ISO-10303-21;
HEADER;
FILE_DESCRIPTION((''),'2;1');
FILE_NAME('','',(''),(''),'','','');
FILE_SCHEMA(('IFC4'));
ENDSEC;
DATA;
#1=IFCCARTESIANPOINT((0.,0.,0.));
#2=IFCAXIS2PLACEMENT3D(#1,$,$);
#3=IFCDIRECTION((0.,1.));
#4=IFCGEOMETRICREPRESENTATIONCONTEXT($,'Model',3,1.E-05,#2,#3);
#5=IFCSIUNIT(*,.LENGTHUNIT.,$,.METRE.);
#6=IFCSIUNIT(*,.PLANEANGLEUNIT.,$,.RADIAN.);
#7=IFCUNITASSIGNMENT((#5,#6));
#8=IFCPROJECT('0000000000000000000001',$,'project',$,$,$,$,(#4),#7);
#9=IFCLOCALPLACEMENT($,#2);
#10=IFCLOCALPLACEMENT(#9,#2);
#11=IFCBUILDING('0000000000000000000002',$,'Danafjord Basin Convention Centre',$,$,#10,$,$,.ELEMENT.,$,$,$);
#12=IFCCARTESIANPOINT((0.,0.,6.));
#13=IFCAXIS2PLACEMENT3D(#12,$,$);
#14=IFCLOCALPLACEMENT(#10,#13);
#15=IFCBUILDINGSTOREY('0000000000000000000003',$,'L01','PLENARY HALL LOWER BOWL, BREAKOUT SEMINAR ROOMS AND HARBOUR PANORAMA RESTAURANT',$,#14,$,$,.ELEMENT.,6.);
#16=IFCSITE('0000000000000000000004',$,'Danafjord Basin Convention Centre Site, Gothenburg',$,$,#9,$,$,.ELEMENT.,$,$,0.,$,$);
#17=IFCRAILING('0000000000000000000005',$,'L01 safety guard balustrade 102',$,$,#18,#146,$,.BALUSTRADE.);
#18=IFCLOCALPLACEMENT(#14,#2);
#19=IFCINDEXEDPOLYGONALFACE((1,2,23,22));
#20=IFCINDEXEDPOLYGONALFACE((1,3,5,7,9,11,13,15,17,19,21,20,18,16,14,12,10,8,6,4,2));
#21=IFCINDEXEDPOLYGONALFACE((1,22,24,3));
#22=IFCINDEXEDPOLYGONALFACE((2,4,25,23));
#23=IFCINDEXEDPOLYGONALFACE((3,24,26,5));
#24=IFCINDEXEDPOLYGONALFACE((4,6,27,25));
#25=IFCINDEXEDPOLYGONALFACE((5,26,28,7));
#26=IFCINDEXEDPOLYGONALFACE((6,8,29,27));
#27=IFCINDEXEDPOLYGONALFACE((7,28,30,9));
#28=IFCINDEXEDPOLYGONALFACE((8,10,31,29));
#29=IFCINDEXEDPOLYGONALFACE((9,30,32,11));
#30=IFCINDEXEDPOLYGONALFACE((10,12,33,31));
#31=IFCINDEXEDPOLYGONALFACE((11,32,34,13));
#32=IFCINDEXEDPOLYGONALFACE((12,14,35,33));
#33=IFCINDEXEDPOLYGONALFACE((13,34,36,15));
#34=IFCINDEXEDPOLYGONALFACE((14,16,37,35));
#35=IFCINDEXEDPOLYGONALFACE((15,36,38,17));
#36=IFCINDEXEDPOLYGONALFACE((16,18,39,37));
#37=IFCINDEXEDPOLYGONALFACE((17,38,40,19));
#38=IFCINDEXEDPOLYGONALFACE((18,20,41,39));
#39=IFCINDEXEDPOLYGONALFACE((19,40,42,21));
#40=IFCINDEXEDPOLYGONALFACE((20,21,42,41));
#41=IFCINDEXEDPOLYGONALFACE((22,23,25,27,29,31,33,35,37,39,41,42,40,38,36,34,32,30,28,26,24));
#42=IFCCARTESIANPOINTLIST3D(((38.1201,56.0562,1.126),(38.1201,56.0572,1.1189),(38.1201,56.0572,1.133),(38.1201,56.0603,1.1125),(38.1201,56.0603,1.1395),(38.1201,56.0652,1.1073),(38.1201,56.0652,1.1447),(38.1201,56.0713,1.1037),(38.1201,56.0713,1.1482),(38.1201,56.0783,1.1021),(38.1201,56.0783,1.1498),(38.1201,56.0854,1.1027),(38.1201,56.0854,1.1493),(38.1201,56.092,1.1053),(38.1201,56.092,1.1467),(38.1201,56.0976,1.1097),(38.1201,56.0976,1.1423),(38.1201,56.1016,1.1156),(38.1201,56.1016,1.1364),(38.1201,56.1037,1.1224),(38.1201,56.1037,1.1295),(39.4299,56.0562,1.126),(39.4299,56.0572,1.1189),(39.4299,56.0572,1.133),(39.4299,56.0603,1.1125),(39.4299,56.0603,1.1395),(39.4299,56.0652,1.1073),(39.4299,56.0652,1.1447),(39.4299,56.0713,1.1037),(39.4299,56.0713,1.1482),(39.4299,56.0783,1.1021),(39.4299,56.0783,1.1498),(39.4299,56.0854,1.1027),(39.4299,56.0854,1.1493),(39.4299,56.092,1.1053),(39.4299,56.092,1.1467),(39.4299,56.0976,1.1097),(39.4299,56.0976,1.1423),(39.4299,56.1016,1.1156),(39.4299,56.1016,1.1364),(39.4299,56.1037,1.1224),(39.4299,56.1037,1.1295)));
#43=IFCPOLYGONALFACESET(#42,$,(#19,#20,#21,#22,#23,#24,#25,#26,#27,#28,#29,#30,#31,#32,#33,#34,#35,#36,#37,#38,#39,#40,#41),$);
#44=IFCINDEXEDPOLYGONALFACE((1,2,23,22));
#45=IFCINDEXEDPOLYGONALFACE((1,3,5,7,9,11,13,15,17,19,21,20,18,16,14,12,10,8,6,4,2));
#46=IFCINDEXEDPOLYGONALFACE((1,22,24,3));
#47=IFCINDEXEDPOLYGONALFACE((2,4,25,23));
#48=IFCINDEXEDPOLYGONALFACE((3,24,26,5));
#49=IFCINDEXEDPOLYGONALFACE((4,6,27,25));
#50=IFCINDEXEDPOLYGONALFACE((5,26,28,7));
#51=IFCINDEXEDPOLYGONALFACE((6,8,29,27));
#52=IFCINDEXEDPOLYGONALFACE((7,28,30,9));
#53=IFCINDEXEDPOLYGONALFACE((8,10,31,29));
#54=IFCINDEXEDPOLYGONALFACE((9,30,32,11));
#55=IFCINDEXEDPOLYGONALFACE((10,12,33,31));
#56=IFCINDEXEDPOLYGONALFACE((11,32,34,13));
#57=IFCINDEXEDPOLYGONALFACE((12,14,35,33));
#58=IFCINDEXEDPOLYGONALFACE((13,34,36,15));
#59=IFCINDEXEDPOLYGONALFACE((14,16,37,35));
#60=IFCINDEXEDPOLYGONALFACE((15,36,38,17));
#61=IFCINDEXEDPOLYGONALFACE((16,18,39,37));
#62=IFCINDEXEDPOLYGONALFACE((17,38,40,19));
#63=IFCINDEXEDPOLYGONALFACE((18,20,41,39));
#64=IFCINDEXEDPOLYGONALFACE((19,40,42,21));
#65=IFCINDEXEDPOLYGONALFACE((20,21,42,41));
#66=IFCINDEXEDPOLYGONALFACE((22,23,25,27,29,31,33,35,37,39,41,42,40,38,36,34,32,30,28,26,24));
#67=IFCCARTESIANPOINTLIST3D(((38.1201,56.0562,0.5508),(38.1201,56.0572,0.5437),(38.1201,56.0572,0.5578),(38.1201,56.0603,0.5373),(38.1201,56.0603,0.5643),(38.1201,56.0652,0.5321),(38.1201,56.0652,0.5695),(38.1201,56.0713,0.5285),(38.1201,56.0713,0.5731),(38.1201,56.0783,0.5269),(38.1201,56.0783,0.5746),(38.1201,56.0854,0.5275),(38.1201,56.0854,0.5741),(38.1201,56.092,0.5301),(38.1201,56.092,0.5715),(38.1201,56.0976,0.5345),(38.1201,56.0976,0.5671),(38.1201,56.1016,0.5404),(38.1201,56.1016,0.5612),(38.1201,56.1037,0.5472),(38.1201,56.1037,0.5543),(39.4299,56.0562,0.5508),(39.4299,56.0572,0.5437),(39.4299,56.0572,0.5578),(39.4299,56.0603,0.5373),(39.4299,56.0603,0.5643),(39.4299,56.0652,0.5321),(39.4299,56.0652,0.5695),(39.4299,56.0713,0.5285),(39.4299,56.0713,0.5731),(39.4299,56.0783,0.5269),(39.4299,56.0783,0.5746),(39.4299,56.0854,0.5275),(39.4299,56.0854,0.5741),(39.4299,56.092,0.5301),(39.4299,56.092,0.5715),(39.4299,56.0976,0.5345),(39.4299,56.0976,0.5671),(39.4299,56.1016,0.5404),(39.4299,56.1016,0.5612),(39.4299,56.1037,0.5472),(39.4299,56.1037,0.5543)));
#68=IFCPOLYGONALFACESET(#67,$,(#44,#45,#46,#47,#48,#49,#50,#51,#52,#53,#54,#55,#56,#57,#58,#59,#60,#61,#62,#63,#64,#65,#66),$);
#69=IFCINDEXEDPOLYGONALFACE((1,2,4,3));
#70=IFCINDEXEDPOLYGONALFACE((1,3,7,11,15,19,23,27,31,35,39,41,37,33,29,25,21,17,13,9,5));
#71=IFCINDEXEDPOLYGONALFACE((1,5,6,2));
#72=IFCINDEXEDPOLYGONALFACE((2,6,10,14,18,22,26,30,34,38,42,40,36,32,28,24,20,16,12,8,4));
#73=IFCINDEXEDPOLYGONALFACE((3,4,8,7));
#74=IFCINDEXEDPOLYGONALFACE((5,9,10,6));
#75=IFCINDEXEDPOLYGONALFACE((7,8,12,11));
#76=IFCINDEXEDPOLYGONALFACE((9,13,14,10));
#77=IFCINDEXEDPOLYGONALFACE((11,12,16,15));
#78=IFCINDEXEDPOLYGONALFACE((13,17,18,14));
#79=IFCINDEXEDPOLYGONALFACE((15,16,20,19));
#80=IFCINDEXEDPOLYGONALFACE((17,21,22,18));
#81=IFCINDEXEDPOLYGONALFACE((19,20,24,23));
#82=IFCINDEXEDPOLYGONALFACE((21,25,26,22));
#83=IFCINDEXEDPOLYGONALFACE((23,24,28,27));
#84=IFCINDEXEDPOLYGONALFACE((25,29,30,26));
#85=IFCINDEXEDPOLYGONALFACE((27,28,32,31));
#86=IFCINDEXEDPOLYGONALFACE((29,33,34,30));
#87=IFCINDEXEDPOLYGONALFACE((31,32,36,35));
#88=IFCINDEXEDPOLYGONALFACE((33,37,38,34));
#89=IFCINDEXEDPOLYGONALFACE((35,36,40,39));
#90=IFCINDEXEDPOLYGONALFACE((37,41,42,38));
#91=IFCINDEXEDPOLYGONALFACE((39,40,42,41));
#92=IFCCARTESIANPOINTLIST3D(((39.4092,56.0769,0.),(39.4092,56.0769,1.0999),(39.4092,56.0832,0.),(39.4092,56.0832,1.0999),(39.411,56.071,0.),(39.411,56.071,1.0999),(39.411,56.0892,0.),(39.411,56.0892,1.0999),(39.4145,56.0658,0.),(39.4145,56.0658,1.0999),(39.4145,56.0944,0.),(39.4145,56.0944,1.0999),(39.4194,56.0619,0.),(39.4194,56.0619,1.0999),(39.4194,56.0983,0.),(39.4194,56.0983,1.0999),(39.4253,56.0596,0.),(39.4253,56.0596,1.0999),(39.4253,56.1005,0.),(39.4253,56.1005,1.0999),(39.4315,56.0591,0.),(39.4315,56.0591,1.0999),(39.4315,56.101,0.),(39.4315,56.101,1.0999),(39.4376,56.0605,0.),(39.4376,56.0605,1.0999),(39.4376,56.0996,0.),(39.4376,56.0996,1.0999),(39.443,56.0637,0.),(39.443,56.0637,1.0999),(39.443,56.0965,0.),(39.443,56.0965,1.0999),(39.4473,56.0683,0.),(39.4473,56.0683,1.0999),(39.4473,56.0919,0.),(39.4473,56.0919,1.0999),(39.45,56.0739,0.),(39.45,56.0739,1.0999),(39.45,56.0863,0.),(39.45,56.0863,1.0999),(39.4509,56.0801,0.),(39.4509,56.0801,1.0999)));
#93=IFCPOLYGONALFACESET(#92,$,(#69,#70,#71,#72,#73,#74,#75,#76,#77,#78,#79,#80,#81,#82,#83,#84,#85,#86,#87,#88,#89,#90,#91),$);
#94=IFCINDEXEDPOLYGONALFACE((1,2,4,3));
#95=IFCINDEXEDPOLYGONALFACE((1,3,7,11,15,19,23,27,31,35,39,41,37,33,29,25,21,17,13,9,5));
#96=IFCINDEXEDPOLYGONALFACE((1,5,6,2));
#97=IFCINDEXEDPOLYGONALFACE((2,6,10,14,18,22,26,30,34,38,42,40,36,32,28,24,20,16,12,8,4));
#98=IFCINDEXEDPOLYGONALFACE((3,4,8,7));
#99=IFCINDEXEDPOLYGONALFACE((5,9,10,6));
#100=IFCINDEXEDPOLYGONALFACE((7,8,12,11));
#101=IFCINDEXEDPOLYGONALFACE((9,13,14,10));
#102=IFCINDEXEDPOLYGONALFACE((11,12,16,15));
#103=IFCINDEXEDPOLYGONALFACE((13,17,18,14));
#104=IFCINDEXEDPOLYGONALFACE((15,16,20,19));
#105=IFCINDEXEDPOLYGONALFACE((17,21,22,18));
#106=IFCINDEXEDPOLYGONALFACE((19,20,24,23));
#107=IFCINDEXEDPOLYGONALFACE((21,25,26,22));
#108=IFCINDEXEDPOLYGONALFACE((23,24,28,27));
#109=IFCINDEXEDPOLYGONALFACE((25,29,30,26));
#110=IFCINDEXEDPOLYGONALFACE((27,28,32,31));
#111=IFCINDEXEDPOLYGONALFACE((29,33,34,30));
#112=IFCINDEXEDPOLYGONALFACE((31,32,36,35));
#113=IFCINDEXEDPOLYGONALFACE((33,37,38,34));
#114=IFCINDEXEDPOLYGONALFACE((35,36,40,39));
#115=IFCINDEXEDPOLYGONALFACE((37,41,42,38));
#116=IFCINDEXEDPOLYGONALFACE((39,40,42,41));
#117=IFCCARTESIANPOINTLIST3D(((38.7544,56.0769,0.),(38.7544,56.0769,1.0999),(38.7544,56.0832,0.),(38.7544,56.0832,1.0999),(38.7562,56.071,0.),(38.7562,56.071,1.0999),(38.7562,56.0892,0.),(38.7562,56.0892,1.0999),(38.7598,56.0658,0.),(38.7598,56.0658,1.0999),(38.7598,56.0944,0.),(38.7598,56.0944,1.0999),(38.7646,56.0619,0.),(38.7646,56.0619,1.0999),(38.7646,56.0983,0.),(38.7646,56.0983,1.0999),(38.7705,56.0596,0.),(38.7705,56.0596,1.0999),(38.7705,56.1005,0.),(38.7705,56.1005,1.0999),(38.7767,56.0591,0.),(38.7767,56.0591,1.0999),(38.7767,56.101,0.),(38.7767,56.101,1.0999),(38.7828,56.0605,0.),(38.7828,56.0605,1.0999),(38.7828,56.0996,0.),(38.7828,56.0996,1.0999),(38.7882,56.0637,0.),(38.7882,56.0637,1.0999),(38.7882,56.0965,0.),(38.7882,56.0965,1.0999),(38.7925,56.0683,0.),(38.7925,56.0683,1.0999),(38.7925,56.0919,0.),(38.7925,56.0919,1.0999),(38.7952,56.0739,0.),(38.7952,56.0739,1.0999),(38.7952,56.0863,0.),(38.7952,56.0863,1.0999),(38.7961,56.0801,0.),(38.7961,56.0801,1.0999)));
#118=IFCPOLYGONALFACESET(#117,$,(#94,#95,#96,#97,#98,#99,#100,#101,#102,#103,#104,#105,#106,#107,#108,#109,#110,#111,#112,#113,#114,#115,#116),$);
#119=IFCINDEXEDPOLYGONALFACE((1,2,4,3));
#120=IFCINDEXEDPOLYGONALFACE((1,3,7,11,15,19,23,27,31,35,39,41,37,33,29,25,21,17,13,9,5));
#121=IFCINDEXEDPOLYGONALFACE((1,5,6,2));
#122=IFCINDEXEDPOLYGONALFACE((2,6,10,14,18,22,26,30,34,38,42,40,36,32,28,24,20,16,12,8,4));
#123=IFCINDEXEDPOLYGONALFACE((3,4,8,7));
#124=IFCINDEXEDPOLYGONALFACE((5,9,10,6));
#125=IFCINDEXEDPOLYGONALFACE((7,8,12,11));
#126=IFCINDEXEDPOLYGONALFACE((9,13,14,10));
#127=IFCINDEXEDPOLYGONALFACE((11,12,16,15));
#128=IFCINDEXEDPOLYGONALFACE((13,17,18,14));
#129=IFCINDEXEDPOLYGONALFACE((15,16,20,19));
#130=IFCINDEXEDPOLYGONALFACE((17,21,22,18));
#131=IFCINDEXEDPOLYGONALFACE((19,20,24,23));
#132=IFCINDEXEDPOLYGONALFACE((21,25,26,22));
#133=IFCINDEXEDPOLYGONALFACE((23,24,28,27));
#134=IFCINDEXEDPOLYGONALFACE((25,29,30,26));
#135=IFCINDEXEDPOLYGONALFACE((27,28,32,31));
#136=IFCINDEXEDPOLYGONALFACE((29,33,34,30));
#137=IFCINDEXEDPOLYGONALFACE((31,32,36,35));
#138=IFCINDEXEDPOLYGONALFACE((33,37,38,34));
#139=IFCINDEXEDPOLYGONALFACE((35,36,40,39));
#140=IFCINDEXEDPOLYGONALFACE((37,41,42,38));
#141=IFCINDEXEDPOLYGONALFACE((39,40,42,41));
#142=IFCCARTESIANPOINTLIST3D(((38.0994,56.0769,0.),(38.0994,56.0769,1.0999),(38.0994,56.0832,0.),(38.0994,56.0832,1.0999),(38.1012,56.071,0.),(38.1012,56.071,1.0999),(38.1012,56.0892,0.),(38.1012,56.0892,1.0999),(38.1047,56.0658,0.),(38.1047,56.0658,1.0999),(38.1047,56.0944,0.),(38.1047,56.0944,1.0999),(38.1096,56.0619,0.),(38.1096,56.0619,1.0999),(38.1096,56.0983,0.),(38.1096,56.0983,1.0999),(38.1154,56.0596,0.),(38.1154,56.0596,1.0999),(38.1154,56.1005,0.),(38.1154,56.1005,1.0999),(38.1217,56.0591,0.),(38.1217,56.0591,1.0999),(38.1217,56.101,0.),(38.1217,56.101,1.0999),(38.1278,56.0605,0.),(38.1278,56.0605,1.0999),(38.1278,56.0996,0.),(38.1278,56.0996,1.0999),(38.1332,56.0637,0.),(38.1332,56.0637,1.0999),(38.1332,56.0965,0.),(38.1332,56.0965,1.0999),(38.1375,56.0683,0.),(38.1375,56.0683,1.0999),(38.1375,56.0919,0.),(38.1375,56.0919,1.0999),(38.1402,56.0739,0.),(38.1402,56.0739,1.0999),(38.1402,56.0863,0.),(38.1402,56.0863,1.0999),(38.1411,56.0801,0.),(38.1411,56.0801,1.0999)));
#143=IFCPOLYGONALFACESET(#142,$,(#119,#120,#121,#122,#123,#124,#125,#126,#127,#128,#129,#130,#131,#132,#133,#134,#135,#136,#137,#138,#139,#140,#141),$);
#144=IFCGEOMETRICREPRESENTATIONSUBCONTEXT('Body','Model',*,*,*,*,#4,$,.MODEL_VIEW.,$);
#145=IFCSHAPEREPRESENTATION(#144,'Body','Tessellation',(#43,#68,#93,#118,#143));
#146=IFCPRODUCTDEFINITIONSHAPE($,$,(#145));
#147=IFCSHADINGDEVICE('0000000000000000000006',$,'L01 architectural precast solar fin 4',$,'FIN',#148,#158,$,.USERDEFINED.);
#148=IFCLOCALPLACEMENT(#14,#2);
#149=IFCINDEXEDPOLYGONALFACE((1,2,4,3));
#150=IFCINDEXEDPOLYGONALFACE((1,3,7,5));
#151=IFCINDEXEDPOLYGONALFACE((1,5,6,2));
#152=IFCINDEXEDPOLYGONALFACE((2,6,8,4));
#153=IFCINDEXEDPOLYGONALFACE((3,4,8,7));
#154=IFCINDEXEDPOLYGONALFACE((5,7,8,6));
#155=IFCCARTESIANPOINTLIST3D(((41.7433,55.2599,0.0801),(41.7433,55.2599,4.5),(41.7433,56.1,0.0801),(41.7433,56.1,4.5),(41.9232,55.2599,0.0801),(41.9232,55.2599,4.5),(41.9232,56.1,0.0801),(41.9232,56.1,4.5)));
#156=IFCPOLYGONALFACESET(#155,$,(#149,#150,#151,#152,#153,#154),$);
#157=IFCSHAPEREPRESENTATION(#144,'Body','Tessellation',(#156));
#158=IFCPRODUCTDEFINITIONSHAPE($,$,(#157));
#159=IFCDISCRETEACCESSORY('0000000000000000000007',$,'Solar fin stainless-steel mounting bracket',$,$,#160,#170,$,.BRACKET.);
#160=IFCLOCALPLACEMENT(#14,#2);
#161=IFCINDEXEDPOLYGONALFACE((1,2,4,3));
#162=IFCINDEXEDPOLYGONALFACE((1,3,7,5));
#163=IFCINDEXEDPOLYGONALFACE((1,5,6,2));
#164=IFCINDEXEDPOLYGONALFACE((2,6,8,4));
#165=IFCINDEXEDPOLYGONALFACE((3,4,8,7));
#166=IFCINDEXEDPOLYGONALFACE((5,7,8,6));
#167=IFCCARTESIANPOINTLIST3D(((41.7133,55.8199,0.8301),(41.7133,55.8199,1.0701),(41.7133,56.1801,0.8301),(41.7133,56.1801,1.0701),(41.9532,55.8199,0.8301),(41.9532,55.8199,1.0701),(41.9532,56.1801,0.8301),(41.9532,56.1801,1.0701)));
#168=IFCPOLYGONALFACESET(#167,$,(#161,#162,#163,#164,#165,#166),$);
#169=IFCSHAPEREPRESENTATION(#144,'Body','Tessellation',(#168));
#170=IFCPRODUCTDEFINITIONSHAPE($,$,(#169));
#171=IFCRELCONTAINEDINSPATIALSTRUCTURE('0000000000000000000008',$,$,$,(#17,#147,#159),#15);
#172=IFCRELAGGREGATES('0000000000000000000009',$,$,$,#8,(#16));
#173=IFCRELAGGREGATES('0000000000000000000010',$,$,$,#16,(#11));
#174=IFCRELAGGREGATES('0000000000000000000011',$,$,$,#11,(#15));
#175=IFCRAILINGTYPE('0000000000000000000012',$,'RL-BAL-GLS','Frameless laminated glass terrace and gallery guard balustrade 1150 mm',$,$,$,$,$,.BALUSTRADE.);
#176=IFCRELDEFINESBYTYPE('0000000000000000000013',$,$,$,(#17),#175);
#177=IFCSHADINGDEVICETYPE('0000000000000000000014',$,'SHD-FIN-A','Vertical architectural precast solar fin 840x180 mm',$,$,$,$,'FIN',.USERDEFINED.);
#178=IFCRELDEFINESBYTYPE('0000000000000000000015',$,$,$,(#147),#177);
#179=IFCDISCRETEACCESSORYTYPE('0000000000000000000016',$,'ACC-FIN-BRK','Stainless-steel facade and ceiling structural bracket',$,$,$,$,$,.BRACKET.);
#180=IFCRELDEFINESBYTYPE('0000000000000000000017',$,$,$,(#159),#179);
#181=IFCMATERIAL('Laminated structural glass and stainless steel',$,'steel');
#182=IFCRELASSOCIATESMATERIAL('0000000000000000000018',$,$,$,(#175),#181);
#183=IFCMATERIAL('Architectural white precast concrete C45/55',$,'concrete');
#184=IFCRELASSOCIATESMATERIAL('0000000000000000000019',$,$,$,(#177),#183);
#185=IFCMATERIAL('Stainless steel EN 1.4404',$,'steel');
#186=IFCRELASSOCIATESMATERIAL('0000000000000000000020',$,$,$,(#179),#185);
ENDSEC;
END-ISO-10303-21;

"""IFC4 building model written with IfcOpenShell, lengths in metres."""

from ifc_helpers import new_model, si_unit, direction, frame, origin, origin_2d, place, context, subcontext, project, spatial, rectangle, circle, extrude, material, type_object, element, save


model = new_model("IFC4")

# Units and contexts
model_context = context("Model", 3, precision=1e-05, world=origin(), true_north=direction((0.0, 1.0)))
body_context = subcontext(model_context, "Body", "Model", "MODEL_VIEW")
ifc_project = project(units=[si_unit("LENGTHUNIT", "METRE"), si_unit("PLANEANGLEUNIT", "RADIAN")], contexts=[model_context])

# Site, building, storey
site_placement = place(None, origin())
site = spatial("IfcSite", under=ifc_project, at=site_placement, Name="Danafjord Basin Convention Centre Site, Gothenburg", CompositionType="ELEMENT", RefElevation=0.0)
building_placement = place(site_placement, origin())
building = spatial("IfcBuilding", under=site, at=building_placement, Name="Danafjord Basin Convention Centre", CompositionType="ELEMENT")
storey_placement = place(building_placement, frame((0.0, 0.0, 6.0)))
storey = spatial("IfcBuildingStorey", under=building, at=storey_placement, Name="L01", Description="PLENARY HALL LOWER BOWL, BREAKOUT SEMINAR ROOMS AND HARBOUR PANORAMA RESTAURANT", CompositionType="ELEMENT", Elevation=6.0)

# Railing
ifc_material_1 = material(Name="Laminated structural glass and stainless steel", Category="steel")
railing_type = type_object("IfcRailingType", Name="RL-BAL-GLS", Description="Frameless laminated glass terrace and gallery guard balustrade 1150 mm", PredefinedType="BALUSTRADE", material=ifc_material_1)
railing_1_placement = place(storey_placement, frame((39.4299, 56.0801, 0.0)))
element("IfcRailing", 1, at=railing_1_placement, inside=storey, type_object=railing_type, Name="L01 safety guard balustrade 102", PredefinedType="BALUSTRADE", context=body_context, shape_type="SweptSolid", body=[
    extrude(circle(Radius=0.0239, at=origin_2d()), frame((0.0, 0.0, 1.126), z_axis=(-1.0, 0.0, 0.0), x_axis=(0.0, -1.0, 0.0)), (0.0, 0.0, 1.0), 1.3098),
    extrude(circle(Radius=0.0239, at=origin_2d()), frame((0.0, 0.0, 0.5508), z_axis=(-1.0, 0.0, 0.0), x_axis=(0.0, -1.0, 0.0)), (0.0, 0.0, 1.0), 1.3098),
    extrude(circle(Radius=0.021, at=origin_2d()), origin(), (0.0, 0.0, 1.0), 1.0999),
    extrude(circle(Radius=0.021, at=origin_2d()), frame((-0.6548, 0.0, 0.0)), (0.0, 0.0, 1.0), 1.0999),
    extrude(circle(Radius=0.021, at=origin_2d()), frame((-1.3098, 0.0, 0.0)), (0.0, 0.0, 1.0), 1.0999),
])

# Shading device
ifc_material_2 = material(Name="Architectural white precast concrete C45/55", Category="concrete")
shading_device_type = type_object("IfcShadingDeviceType", Name="SHD-FIN-A", Description="Vertical architectural precast solar fin 840x180 mm", ElementType="FIN", PredefinedType="USERDEFINED", material=ifc_material_2)
shading_device_placement = place(storey_placement, frame((41.8333, 55.6799, 0.0801), z_axis=(0.0, 0.0, 1.0), x_axis=(1.0, 0.0, 0.0)))
element("IfcShadingDevice", 2, at=shading_device_placement, inside=storey, type_object=shading_device_type, Name="L01 architectural precast solar fin 4", ObjectType="FIN", PredefinedType="USERDEFINED", context=body_context, shape_type="SweptSolid", body=[
    extrude(rectangle(XDim=0.1799, YDim=0.8401, at=origin_2d()), origin(), (0.0, 0.0, 1.0), 4.4199),
])

# Discrete accessory
ifc_material_3 = material(Name="Stainless steel EN 1.4404", Category="steel")
discrete_accessory_type = type_object("IfcDiscreteAccessoryType", Name="ACC-FIN-BRK", Description="Stainless-steel facade and ceiling structural bracket", PredefinedType="BRACKET", material=ifc_material_3)
discrete_accessory_placement = place(storey_placement, frame((41.8333, 56.0, 0.8301), z_axis=(0.0, 0.0, 1.0), x_axis=(1.0, 0.0, 0.0)))
element("IfcDiscreteAccessory", 3, at=discrete_accessory_placement, inside=storey, type_object=discrete_accessory_type, Name="Solar fin stainless-steel mounting bracket", PredefinedType="BRACKET", context=body_context, shape_type="SweptSolid", body=[
    extrude(rectangle(XDim=0.24, YDim=0.3601, at=origin_2d()), origin(), (0.0, 0.0, 1.0), 0.24),
])

save(model, "model.ifc")
